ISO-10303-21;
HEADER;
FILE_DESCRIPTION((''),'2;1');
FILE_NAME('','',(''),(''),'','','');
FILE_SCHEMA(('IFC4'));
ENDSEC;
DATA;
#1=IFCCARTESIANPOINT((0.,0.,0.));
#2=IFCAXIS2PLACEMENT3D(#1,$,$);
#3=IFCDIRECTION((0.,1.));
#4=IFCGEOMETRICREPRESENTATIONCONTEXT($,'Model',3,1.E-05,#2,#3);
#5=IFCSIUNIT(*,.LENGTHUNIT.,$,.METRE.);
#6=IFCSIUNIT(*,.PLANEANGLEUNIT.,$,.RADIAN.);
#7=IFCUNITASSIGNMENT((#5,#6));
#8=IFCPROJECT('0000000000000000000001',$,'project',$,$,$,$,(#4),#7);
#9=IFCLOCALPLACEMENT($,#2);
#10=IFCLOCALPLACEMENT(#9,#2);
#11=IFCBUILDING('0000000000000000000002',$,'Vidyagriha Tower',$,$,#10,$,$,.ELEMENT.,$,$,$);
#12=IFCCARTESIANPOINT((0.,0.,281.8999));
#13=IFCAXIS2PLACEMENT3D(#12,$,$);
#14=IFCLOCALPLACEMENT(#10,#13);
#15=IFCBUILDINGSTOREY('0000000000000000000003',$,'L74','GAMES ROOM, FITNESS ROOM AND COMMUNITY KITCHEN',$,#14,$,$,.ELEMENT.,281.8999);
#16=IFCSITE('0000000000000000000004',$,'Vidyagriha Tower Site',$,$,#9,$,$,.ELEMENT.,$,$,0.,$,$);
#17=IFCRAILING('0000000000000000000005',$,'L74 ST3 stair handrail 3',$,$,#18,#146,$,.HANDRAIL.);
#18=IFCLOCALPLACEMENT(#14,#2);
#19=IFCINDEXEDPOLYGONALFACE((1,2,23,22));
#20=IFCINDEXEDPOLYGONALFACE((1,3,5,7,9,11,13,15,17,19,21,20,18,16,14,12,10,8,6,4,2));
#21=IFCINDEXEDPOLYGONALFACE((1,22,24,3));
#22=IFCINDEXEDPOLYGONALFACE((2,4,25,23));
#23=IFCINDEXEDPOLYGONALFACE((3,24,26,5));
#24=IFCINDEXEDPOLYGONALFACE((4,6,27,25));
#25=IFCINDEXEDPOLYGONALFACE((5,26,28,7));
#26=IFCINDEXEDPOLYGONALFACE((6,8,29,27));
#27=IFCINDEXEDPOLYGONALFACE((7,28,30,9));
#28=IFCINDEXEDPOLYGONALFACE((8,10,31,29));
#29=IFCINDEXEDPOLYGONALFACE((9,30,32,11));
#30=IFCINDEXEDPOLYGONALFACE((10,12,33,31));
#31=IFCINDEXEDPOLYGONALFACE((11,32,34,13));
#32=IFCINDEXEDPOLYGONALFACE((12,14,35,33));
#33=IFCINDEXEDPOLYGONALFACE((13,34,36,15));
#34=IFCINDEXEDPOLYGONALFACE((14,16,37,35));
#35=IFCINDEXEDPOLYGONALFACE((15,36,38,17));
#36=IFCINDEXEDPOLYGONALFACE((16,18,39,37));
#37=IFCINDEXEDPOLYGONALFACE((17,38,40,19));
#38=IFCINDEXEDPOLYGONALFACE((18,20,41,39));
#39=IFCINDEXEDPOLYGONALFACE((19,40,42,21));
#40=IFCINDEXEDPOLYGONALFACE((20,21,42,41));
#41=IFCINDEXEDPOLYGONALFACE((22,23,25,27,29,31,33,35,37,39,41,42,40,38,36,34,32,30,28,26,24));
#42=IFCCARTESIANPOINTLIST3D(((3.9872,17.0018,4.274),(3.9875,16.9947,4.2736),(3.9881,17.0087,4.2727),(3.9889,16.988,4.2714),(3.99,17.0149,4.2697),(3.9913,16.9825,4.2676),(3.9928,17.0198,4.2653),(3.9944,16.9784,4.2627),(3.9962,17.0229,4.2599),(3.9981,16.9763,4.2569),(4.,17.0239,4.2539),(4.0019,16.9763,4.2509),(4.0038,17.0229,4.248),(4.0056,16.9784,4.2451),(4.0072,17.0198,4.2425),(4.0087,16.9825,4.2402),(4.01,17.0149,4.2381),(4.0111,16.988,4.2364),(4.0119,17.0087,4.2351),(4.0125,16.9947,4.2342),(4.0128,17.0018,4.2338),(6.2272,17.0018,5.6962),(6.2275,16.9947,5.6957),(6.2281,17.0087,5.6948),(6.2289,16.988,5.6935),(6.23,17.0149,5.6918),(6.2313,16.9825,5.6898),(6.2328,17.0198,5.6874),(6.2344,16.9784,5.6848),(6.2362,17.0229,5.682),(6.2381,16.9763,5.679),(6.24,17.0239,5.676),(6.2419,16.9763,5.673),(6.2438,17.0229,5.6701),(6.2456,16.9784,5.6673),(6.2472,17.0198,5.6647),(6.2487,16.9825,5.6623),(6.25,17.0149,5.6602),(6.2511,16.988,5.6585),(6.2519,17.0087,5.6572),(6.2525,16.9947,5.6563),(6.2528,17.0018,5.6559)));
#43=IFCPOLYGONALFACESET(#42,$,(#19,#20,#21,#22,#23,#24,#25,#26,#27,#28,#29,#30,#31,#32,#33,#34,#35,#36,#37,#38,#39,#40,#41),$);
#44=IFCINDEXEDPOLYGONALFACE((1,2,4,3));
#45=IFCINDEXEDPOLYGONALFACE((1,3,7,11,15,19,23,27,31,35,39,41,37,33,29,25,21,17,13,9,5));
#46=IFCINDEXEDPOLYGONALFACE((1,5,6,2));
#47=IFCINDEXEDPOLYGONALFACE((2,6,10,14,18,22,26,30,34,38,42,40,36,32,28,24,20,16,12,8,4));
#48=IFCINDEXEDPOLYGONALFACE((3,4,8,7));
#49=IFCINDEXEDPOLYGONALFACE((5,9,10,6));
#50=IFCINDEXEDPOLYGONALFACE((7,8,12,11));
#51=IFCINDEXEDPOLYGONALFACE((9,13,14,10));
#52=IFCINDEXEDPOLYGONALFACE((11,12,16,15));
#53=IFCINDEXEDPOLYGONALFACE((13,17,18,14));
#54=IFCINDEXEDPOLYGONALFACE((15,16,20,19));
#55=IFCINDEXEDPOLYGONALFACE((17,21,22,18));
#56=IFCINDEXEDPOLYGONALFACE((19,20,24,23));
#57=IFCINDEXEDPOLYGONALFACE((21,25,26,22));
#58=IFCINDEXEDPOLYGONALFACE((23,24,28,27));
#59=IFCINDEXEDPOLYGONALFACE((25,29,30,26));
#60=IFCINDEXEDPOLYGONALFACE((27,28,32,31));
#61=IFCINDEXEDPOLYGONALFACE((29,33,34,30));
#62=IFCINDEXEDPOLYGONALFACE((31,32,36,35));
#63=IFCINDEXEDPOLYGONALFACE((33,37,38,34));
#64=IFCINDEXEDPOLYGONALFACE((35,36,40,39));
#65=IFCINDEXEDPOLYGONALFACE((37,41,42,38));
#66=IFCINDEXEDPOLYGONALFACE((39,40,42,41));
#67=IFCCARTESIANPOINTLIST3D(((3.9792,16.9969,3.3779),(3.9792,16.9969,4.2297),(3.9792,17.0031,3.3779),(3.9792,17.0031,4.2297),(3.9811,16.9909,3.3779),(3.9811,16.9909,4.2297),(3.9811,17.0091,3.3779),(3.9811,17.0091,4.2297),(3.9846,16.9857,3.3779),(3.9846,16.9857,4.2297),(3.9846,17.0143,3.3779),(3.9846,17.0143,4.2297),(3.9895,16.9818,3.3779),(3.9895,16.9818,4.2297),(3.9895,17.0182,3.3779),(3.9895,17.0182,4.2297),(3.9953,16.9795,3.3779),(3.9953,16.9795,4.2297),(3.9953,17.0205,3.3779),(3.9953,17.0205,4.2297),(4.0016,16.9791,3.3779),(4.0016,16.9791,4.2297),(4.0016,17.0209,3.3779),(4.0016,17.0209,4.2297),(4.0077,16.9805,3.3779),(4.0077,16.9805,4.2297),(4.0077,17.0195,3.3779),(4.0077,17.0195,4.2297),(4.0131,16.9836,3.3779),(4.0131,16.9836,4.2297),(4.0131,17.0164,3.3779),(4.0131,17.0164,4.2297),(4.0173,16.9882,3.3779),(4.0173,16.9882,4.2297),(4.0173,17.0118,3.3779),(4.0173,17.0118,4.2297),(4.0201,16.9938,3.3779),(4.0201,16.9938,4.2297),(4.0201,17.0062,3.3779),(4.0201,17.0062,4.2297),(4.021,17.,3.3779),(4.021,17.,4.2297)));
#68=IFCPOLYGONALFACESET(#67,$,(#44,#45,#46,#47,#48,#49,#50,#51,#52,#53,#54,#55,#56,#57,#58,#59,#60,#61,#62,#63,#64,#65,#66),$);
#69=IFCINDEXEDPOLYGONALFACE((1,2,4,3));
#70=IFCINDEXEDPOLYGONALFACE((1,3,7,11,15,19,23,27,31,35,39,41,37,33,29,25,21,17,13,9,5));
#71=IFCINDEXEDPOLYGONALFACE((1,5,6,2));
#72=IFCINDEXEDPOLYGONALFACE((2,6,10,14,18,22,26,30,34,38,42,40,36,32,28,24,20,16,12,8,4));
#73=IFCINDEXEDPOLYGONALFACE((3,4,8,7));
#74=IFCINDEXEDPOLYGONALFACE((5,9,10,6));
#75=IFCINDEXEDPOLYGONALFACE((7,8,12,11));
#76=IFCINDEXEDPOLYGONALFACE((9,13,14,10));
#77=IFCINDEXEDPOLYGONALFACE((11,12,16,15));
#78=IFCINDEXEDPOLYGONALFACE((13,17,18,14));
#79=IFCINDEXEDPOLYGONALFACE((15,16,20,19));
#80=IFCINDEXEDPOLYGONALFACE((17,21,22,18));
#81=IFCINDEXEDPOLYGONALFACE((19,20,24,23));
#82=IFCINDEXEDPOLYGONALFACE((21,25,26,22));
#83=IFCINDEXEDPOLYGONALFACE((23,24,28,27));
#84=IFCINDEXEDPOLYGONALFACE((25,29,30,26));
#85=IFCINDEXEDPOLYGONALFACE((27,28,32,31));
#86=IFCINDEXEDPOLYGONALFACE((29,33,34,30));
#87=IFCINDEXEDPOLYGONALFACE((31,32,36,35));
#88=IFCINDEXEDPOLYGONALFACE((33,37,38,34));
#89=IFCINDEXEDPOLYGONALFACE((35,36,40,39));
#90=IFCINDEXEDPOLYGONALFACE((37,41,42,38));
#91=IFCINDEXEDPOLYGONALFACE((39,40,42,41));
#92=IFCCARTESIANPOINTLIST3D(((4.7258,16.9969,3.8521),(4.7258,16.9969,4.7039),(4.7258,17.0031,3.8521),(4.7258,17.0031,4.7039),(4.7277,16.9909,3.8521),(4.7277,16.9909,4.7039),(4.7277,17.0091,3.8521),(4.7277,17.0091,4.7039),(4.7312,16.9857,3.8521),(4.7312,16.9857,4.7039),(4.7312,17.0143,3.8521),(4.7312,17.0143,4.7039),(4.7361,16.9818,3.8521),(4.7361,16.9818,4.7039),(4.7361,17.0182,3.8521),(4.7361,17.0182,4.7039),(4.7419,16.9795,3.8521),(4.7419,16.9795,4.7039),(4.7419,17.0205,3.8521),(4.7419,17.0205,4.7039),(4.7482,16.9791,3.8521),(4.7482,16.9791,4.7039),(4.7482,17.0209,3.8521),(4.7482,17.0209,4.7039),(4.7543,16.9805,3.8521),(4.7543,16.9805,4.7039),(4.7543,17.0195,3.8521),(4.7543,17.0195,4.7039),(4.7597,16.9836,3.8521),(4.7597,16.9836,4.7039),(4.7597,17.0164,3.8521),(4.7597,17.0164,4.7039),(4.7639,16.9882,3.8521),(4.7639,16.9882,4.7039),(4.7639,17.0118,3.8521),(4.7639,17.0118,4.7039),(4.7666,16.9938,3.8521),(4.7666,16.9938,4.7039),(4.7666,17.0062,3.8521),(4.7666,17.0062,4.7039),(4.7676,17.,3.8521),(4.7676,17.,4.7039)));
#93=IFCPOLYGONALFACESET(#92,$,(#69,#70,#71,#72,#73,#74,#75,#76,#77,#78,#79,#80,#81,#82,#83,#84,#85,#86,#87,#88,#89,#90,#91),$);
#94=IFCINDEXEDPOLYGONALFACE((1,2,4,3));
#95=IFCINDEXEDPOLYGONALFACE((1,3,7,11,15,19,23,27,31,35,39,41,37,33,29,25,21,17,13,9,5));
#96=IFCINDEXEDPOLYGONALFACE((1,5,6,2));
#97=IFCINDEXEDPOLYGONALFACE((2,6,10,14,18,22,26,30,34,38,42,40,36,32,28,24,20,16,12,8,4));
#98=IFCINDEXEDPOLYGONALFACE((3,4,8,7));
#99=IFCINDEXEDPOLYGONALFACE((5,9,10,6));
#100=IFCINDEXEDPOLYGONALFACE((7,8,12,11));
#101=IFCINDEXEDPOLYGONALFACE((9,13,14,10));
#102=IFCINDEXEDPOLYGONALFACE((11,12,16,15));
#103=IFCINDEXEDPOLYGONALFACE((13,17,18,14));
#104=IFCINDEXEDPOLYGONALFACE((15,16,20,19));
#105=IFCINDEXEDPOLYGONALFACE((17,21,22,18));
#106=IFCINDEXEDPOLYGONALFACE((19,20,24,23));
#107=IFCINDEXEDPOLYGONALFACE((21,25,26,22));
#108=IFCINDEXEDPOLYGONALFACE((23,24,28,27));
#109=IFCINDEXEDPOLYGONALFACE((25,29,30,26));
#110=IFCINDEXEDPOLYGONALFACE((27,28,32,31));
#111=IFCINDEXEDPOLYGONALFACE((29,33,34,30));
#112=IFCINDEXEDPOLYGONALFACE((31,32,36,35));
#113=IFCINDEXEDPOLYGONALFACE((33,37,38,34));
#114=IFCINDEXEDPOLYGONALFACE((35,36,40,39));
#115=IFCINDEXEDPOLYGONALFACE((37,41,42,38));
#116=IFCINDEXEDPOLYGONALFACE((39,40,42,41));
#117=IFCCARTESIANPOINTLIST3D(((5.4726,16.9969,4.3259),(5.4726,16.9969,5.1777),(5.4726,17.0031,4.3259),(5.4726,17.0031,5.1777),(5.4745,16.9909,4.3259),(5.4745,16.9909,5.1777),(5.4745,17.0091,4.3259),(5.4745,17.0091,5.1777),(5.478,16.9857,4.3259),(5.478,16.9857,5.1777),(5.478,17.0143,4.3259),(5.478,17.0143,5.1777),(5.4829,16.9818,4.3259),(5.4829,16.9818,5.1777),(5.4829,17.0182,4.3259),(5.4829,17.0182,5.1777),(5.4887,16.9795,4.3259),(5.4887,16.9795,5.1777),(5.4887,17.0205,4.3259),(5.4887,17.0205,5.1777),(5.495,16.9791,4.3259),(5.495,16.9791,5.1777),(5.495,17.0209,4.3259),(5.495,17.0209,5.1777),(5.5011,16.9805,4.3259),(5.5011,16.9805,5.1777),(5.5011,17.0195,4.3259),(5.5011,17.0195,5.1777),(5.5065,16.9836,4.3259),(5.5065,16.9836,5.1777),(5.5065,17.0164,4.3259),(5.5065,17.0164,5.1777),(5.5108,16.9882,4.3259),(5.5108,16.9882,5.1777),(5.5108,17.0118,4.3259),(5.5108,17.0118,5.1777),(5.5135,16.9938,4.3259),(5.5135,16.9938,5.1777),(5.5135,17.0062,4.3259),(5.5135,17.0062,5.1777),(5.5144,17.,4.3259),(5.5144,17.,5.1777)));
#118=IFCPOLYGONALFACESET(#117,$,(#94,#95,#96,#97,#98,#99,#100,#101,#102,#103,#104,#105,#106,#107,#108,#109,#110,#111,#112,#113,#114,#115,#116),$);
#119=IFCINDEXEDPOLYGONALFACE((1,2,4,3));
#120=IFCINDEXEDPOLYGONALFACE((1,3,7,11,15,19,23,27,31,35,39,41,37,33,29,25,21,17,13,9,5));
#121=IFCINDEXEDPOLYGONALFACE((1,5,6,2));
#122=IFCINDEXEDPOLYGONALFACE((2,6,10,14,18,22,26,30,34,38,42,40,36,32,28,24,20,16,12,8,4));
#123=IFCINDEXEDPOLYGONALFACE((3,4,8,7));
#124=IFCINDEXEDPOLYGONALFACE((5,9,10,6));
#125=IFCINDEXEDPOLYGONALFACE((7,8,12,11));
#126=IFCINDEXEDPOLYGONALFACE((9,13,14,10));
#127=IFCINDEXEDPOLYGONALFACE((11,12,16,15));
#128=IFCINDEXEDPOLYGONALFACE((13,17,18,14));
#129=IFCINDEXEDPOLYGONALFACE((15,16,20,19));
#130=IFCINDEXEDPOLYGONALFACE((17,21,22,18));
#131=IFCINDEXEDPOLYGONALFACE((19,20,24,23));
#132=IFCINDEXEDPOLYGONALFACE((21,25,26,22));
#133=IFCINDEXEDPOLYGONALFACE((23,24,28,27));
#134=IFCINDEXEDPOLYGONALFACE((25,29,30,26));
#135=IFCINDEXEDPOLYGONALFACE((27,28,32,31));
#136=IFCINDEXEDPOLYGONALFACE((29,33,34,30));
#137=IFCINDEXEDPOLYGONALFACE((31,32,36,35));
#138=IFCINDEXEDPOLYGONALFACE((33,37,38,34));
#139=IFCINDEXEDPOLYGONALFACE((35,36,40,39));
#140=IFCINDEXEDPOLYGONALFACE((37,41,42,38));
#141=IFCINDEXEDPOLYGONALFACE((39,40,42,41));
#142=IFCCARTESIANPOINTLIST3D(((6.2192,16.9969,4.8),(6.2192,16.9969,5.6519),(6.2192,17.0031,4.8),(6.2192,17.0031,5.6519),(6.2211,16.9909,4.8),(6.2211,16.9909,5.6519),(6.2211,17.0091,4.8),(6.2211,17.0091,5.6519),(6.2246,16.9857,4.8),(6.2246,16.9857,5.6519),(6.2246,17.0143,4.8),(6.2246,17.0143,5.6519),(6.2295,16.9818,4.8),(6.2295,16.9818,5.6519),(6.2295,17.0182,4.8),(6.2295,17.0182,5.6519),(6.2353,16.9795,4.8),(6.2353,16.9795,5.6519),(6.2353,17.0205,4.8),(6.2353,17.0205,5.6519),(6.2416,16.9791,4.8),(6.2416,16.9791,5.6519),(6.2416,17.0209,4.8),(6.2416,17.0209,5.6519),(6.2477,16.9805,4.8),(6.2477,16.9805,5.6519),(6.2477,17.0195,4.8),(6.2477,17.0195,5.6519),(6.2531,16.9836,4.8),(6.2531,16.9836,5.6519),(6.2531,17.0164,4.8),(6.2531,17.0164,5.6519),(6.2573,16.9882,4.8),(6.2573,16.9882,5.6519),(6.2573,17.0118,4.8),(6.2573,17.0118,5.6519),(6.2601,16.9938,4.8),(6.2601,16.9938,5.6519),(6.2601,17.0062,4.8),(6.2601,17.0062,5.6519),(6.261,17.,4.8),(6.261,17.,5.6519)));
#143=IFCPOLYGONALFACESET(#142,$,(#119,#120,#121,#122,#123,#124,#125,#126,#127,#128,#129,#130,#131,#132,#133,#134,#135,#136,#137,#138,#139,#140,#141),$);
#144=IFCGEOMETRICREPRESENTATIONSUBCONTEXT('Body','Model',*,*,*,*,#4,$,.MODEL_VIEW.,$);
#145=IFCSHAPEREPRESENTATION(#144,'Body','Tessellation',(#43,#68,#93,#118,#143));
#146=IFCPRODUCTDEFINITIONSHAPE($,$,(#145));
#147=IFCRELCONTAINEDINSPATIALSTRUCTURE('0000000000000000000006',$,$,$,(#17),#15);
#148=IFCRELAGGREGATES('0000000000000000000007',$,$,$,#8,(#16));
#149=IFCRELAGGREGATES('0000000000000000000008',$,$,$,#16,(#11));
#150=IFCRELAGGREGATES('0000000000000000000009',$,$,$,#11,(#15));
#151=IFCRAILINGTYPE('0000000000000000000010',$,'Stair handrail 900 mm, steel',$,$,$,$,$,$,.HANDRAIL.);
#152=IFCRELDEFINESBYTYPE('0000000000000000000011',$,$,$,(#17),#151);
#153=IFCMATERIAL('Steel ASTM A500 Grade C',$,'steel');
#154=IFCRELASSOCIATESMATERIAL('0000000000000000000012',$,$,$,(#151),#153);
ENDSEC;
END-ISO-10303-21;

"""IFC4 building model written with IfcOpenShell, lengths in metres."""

from ifc_helpers import new_model, si_unit, direction, frame, origin, origin_2d, place, context, subcontext, project, spatial, circle, extrude, material, type_object, element, save


model = new_model("IFC4")

# Units and contexts
model_context = context("Model", 3, precision=1e-05, world=origin(), true_north=direction((0.0, 1.0)))
body_context = subcontext(model_context, "Body", "Model", "MODEL_VIEW")
ifc_project = project(units=[si_unit("LENGTHUNIT", "METRE"), si_unit("PLANEANGLEUNIT", "RADIAN")], contexts=[model_context])

# Site, building, storey
site_placement = place(None, origin())
site = spatial("IfcSite", under=ifc_project, at=site_placement, Name="Vidyagriha Tower Site", CompositionType="ELEMENT", RefElevation=0.0)
building_placement = place(site_placement, origin())
building = spatial("IfcBuilding", under=site, at=building_placement, Name="Vidyagriha Tower", CompositionType="ELEMENT")
storey_placement = place(building_placement, frame((0.0, 0.0, 281.8999)))
storey = spatial("IfcBuildingStorey", under=building, at=storey_placement, Name="L74", Description="GAMES ROOM, FITNESS ROOM AND COMMUNITY KITCHEN", CompositionType="ELEMENT", Elevation=281.8999)

# Railing
ifc_material_1 = material(Name="Steel ASTM A500 Grade C", Category="steel")
railing_type_1 = type_object("IfcRailingType", Name="Stair handrail 900 mm, steel", PredefinedType="HANDRAIL", material=ifc_material_1)
for number, where, name in (
    (1, (4.0, 17.0, 3.3779), "L74 ST3 stair handrail 3"),
):
    element("IfcRailing", number, at=place(storey_placement, frame(where)), inside=storey, type_object=railing_type_1, Name=name, PredefinedType="HANDRAIL", context=body_context, shape_type="SweptSolid", body=[
        extrude(circle(Radius=0.0239, at=origin_2d()), frame((0.0, 0.0, 0.876), z_axis=(0.844229, 0.0, 0.535982), x_axis=(0.0, 1.0, 0.0)), (0.0, 0.0, 1.0), 2.6533),
        extrude(circle(Radius=0.021, at=origin_2d()), origin(), (0.0, 0.0, 1.0), 0.8518),
        extrude(circle(Radius=0.021, at=origin_2d()), frame((0.7466, 0.0, 0.4741)), (0.0, 0.0, 1.0), 0.8518),
        extrude(circle(Radius=0.021, at=origin_2d()), frame((1.4934, 0.0, 0.948)), (0.0, 0.0, 1.0), 0.8518),
        extrude(circle(Radius=0.021, at=origin_2d()), frame((2.24, 0.0, 1.4221)), (0.0, 0.0, 1.0), 0.8518),
    ])

save(model, "model.ifc")
